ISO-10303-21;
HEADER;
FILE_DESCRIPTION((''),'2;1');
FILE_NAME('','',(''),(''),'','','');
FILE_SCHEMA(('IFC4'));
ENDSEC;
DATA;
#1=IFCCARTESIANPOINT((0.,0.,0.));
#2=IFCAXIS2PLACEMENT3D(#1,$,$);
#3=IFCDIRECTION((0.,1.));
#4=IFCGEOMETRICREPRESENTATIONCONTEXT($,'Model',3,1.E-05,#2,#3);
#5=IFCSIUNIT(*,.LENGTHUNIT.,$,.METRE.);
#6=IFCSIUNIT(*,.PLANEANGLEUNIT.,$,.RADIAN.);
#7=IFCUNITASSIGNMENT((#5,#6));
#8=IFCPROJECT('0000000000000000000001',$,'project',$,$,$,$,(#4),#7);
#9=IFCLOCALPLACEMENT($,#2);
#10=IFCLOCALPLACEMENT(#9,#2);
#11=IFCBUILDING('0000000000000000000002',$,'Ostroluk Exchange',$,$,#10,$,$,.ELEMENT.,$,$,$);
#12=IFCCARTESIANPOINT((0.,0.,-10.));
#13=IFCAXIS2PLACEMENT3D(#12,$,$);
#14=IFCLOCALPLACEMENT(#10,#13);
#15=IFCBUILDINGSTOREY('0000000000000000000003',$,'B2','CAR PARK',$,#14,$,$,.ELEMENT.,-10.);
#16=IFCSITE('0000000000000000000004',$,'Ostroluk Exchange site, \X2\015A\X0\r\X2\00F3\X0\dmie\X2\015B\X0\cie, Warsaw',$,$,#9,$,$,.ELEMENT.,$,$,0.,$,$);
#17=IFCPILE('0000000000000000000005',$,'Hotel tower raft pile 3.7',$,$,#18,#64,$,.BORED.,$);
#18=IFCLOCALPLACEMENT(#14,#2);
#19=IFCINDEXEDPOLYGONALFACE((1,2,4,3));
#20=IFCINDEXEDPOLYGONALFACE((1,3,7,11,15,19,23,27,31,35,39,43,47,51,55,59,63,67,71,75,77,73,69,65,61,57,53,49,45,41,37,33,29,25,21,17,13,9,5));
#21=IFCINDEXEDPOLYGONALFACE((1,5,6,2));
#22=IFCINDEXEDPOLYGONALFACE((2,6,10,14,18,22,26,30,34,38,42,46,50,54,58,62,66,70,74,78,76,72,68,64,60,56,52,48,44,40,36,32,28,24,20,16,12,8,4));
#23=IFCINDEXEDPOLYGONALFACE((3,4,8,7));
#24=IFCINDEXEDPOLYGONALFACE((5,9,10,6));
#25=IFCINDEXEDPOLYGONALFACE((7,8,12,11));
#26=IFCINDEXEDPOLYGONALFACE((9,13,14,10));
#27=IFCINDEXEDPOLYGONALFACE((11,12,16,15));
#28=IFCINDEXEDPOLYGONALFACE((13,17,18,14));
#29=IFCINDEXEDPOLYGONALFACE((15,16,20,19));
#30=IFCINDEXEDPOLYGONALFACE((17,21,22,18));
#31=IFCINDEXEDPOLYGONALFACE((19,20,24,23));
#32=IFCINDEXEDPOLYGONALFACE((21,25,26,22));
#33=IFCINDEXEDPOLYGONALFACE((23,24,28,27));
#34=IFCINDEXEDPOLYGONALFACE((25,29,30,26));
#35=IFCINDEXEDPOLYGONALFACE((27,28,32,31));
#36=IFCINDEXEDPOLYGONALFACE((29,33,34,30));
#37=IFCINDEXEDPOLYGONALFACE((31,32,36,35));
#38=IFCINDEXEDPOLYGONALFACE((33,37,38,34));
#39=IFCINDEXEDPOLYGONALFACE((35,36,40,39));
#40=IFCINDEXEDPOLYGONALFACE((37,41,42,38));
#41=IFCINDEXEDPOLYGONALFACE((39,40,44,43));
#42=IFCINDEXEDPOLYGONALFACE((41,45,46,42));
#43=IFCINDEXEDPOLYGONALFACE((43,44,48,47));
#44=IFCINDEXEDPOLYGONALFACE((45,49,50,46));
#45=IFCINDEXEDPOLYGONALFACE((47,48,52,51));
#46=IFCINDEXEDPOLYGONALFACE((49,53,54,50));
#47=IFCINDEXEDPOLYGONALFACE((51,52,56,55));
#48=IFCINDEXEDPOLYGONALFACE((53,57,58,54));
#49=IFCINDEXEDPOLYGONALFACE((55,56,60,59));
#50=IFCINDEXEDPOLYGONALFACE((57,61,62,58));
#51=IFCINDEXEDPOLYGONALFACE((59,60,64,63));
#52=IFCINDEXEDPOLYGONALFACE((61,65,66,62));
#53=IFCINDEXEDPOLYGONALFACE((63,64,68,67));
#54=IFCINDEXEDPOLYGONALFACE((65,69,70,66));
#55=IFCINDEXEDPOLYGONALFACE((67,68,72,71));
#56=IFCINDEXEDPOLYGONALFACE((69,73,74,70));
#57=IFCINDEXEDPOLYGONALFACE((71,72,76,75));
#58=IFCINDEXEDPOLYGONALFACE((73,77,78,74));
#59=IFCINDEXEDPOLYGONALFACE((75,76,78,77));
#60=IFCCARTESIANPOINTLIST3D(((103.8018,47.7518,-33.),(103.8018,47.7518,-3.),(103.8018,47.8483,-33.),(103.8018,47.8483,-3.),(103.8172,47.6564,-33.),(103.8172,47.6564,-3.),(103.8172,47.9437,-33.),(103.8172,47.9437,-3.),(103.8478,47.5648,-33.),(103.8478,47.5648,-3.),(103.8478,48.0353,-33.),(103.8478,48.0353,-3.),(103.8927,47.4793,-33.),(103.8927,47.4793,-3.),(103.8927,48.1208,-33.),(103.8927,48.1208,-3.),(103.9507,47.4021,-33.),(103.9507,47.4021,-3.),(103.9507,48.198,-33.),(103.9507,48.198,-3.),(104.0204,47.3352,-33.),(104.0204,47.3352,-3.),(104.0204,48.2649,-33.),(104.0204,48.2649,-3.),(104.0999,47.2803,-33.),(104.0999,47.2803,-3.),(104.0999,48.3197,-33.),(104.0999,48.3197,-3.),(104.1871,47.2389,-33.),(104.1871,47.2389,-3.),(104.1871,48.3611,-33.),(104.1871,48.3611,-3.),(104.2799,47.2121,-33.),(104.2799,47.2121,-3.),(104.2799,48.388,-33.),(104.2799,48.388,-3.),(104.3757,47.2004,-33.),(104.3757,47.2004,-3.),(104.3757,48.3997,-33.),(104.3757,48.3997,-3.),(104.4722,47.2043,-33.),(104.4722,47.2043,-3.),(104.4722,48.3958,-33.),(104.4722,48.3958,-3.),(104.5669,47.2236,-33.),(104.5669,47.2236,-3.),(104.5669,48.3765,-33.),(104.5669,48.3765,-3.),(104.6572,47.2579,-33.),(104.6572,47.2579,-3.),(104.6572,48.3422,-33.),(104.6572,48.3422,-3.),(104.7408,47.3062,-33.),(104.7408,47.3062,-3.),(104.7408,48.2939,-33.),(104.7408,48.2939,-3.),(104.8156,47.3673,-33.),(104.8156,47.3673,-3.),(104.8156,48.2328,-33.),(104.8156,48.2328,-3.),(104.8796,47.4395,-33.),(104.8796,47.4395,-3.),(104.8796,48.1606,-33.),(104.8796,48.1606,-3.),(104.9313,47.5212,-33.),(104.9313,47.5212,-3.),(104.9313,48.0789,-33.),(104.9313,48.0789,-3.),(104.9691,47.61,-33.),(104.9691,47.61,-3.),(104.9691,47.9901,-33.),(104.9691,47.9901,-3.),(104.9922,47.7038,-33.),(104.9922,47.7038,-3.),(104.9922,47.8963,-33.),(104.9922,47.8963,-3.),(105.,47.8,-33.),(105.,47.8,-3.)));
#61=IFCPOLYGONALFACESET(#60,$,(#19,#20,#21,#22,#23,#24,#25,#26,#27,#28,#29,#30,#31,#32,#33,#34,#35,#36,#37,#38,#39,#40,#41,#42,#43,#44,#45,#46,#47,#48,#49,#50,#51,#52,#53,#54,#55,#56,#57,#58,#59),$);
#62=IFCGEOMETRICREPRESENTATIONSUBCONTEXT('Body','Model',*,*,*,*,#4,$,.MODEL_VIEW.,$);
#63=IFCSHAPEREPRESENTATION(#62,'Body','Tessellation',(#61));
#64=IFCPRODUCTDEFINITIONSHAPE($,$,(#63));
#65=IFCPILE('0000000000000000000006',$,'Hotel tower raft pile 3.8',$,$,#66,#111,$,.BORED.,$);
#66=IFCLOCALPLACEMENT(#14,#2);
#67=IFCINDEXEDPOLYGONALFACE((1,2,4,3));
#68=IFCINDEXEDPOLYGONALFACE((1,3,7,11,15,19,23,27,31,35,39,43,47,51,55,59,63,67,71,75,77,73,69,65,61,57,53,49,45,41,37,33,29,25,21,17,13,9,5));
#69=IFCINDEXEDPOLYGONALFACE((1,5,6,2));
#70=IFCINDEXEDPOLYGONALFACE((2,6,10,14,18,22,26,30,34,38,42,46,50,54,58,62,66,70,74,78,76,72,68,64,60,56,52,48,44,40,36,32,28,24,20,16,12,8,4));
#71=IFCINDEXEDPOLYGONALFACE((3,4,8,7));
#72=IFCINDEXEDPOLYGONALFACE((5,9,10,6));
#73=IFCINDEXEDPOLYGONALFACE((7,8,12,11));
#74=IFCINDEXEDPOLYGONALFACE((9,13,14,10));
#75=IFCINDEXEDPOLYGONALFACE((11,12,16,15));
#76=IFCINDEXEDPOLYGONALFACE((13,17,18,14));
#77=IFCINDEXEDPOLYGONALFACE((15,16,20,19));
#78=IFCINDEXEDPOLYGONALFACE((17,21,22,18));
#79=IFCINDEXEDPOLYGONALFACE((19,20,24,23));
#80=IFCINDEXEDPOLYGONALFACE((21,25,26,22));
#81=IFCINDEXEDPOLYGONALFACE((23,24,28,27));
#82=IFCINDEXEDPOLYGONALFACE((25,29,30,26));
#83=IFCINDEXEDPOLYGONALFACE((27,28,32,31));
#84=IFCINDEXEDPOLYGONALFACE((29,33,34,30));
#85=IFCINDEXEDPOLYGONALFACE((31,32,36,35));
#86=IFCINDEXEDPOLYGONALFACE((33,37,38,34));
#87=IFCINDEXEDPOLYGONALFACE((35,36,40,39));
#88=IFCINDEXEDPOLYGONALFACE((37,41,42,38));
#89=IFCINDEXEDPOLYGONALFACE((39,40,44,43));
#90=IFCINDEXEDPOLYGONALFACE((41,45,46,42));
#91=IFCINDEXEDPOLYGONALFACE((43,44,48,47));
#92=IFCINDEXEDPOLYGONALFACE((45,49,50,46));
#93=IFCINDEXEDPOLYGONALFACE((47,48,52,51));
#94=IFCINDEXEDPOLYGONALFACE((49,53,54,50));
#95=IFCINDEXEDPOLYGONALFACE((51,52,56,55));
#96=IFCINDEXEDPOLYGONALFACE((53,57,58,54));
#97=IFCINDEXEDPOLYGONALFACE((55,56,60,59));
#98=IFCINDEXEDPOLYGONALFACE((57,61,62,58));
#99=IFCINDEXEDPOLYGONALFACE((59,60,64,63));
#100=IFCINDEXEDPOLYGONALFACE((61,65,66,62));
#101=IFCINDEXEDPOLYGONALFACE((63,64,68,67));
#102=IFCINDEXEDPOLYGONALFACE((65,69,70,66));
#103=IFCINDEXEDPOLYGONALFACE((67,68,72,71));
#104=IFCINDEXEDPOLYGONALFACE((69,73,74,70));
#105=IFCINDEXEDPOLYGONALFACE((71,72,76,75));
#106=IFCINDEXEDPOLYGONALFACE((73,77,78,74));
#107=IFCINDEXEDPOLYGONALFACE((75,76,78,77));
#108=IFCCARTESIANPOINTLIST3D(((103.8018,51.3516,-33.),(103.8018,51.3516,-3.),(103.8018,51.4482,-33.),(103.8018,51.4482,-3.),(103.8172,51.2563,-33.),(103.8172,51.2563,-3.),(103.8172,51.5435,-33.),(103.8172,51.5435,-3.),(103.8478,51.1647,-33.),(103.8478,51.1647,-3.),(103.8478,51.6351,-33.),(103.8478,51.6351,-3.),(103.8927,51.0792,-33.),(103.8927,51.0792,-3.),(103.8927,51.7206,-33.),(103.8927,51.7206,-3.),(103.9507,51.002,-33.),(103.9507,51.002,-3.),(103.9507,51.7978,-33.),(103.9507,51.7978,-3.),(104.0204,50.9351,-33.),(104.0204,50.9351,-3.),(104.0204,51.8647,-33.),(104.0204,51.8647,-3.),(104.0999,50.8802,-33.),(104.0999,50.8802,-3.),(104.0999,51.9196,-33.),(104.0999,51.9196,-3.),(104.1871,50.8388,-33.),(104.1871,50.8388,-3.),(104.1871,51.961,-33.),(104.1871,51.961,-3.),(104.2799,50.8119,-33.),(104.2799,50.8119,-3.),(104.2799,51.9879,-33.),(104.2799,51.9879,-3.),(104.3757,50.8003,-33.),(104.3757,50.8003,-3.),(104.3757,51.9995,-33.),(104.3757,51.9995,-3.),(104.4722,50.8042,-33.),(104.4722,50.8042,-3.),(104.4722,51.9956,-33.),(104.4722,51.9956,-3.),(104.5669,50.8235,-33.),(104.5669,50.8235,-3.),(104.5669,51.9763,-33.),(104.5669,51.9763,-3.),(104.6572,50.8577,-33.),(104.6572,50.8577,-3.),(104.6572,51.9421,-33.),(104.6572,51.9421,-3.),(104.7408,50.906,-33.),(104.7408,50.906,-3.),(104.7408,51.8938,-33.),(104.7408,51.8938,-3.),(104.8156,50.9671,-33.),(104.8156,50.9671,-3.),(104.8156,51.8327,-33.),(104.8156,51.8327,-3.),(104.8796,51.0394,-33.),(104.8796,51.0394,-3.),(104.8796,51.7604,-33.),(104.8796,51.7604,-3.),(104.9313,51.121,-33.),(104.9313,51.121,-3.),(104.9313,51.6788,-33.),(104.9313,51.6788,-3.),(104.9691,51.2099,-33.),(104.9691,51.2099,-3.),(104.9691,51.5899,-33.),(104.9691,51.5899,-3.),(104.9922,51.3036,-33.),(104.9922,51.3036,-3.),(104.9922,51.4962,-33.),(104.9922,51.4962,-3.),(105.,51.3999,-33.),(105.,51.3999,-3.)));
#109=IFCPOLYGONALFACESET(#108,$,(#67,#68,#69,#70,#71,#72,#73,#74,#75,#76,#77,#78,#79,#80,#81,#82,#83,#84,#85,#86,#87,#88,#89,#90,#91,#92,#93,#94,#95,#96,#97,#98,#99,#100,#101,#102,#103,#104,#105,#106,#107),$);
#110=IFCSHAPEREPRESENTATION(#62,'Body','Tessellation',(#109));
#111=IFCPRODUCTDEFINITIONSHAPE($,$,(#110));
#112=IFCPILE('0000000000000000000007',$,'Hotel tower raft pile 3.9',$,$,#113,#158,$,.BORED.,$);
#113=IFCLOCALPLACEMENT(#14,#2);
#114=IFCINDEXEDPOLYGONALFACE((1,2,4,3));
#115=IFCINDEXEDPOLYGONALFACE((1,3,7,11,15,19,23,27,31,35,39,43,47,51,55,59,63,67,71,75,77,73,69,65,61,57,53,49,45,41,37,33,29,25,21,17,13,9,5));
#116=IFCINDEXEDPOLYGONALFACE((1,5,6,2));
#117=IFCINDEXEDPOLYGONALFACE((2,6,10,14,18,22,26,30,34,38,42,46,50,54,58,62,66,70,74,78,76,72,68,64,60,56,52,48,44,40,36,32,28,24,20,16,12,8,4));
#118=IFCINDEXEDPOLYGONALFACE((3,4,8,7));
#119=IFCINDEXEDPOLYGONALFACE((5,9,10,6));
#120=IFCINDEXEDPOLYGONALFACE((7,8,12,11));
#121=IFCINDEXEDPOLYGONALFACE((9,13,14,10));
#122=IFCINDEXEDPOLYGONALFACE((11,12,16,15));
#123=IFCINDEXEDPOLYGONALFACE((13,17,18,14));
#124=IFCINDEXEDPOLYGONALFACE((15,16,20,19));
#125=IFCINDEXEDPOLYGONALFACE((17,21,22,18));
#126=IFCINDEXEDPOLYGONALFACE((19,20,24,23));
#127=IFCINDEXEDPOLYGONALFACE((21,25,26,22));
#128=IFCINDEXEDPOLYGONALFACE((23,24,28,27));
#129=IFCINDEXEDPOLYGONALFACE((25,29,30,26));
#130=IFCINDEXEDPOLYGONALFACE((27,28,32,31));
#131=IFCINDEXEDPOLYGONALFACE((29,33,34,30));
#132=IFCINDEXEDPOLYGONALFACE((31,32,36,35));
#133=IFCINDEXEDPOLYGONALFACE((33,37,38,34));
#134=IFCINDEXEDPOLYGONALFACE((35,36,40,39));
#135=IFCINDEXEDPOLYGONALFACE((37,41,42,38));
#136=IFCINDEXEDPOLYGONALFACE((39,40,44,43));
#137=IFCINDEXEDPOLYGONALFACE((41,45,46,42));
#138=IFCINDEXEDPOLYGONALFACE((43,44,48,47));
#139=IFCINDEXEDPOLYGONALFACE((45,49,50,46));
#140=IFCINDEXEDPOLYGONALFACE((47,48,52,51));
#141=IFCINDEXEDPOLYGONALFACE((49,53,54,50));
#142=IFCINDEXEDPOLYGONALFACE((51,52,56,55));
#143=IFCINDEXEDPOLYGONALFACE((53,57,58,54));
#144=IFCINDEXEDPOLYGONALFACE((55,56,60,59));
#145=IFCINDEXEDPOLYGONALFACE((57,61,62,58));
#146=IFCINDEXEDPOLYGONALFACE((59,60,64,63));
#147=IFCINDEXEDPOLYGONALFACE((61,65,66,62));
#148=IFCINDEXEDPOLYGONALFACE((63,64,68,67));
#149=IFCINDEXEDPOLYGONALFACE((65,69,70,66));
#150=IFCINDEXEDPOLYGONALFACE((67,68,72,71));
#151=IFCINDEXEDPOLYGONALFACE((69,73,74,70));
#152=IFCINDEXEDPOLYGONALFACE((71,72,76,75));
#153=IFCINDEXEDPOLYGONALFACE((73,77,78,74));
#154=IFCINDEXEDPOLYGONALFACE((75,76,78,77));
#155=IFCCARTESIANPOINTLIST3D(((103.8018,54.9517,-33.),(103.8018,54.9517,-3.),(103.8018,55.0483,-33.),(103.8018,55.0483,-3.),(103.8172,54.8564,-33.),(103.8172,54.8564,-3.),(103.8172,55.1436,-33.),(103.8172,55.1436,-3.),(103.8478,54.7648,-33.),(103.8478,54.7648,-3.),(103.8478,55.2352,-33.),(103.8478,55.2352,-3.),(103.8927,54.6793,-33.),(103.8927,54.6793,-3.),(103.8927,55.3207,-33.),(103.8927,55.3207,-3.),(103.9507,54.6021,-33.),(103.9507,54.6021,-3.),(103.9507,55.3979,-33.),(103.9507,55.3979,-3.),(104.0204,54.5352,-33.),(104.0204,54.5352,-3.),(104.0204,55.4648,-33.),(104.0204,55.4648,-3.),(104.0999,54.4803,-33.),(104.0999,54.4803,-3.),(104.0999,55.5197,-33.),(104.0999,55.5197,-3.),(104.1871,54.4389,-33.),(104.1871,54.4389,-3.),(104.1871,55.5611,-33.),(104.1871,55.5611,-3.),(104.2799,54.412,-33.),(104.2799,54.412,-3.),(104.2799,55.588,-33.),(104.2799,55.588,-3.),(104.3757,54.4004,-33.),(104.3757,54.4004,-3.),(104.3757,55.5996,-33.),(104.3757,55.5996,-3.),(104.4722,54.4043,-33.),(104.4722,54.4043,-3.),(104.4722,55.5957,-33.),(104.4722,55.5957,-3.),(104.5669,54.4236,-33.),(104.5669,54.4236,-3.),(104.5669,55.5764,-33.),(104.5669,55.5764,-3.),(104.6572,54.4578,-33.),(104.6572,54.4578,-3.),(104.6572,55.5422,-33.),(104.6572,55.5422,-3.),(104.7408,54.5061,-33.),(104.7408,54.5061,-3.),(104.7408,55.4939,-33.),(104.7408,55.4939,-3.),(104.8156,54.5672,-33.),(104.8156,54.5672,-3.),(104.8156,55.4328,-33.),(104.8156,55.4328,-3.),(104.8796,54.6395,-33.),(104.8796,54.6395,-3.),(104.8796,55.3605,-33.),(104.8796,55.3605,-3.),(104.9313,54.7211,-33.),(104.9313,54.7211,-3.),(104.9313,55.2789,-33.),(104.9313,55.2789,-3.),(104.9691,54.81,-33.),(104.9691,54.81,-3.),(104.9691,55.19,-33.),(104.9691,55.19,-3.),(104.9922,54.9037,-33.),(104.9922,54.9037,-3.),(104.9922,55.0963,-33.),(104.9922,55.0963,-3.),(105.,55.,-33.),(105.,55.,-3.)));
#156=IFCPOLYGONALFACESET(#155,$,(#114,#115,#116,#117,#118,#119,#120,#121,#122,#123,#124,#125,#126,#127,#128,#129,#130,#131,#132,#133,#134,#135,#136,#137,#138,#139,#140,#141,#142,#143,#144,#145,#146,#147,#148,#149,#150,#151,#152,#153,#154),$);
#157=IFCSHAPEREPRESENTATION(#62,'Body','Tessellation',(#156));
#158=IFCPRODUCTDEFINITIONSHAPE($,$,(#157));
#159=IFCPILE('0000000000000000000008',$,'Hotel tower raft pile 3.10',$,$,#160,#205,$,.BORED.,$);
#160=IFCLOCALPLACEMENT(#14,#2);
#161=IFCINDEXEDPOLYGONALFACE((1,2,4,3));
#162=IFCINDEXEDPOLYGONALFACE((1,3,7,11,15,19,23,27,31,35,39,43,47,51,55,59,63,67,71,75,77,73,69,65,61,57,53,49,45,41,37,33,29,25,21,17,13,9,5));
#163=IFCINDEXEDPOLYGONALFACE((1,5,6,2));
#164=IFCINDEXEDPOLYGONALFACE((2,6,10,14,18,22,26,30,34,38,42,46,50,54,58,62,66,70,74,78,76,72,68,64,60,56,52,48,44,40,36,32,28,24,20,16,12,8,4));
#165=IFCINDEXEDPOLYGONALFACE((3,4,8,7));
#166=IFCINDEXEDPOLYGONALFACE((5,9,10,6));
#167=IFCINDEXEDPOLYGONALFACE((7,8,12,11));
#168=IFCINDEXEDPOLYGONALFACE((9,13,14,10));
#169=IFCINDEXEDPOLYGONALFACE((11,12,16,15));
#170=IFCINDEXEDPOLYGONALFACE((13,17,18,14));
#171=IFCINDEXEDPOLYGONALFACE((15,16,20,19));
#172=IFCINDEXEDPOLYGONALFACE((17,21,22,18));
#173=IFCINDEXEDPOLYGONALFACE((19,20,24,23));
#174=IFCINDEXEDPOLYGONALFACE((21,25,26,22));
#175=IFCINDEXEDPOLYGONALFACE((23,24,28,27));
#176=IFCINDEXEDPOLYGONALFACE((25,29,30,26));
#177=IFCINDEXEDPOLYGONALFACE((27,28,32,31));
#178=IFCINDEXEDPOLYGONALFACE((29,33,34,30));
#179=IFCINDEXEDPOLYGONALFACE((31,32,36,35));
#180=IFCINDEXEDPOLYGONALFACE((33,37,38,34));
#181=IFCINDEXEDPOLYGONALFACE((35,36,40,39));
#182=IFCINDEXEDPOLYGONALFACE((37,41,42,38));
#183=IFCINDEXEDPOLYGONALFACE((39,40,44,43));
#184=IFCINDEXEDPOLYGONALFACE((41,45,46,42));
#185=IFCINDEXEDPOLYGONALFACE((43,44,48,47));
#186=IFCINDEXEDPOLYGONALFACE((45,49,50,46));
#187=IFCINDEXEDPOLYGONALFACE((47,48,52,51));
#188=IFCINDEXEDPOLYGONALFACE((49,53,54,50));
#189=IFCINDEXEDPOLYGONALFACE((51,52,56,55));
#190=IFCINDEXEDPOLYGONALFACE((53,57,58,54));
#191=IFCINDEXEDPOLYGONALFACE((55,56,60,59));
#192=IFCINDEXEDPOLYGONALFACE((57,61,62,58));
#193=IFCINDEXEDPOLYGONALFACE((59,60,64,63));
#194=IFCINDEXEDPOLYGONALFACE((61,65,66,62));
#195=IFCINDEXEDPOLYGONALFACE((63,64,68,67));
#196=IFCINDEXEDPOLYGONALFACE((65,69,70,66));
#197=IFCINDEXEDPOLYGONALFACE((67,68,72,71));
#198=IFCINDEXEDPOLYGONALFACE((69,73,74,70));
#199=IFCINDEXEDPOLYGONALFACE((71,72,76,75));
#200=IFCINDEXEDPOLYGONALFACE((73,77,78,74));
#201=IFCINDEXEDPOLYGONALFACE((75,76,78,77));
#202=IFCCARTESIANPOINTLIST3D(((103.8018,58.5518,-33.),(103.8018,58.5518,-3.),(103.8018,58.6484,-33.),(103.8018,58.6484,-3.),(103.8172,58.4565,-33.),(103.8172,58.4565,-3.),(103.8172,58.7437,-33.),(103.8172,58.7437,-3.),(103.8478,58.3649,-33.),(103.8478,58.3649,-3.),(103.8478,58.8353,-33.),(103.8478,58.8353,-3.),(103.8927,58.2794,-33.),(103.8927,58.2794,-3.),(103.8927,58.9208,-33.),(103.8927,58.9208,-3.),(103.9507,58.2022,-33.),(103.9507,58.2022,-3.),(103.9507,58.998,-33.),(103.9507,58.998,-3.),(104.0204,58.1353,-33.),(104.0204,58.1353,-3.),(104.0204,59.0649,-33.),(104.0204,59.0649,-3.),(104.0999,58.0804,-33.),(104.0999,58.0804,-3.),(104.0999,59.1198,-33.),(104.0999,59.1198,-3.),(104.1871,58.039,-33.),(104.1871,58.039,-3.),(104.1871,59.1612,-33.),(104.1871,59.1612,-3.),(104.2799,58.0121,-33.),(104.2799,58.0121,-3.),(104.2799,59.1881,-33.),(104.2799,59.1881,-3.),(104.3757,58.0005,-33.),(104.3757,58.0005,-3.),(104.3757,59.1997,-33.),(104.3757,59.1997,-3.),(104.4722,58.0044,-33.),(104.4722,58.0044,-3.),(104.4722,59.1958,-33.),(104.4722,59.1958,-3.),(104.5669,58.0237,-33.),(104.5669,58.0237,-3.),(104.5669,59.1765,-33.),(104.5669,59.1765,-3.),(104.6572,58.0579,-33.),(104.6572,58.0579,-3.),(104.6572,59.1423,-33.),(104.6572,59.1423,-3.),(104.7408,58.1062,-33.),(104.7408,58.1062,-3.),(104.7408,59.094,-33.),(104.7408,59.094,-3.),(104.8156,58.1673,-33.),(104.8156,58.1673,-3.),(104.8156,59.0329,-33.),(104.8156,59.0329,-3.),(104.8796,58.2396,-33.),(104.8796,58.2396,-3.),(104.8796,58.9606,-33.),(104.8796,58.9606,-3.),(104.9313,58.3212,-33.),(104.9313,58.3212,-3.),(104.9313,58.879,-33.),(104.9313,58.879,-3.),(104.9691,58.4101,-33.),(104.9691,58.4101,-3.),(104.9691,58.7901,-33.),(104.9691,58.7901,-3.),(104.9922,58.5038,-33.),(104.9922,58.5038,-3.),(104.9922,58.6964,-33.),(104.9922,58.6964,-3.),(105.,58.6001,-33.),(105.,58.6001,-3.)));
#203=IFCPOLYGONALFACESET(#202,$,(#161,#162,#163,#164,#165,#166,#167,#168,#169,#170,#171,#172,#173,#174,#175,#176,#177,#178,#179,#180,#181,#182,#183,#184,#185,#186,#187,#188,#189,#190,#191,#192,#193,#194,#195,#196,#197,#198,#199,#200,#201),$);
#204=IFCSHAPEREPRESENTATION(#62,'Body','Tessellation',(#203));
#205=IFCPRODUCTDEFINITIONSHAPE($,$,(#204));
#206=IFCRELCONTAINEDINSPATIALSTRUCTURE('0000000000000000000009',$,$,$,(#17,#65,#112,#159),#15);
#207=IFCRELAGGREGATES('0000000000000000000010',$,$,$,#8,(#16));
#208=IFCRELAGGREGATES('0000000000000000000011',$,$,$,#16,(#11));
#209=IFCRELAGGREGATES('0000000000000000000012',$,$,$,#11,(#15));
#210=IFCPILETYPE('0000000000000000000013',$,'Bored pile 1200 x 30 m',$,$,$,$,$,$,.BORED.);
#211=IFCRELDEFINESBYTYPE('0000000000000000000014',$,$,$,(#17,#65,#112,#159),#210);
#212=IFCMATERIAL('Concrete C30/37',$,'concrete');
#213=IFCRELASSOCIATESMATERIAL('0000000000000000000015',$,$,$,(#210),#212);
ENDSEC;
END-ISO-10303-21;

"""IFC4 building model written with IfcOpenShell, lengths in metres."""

from ifc_helpers import new_model, si_unit, direction, frame, origin, origin_2d, place, context, subcontext, project, spatial, circle, extrude, material, type_object, element, save


model = new_model("IFC4")

# Units and contexts
model_context = context("Model", 3, precision=1e-05, world=origin(), true_north=direction((0.0, 1.0)))
body_context = subcontext(model_context, "Body", "Model", "MODEL_VIEW")
ifc_project = project(units=[si_unit("LENGTHUNIT", "METRE"), si_unit("PLANEANGLEUNIT", "RADIAN")], contexts=[model_context])

# Site, building, storey
site_placement = place(None, origin())
site = spatial("IfcSite", under=ifc_project, at=site_placement, Name="Ostroluk Exchange site, Śródmieście, Warsaw", CompositionType="ELEMENT", RefElevation=0.0)
building_placement = place(site_placement, origin())
building = spatial("IfcBuilding", under=site, at=building_placement, Name="Ostroluk Exchange", CompositionType="ELEMENT")
storey_placement = place(building_placement, frame((0.0, 0.0, -10.0)))
storey = spatial("IfcBuildingStorey", under=building, at=storey_placement, Name="B2", Description="CAR PARK", CompositionType="ELEMENT", Elevation=-10.0)

# Piles
ifc_material_1 = material(Name="Concrete C30/37", Category="concrete")
pile_type_1 = type_object("IfcPileType", Name="Bored pile 1200 x 30 m", PredefinedType="BORED", material=ifc_material_1)
for number, where, z_axis, x_axis, name in (
    (1, (104.3999, 47.8, -3.0), (0.0, 0.0, -1.0), (1.0, 0.0, 0.0), "Hotel tower raft pile 3.7"),
    (2, (104.3999, 51.3999, -3.0), (0.0, 0.0, -1.0), (1.0, 0.0, 0.0), "Hotel tower raft pile 3.8"),
    (3, (104.3999, 55.0, -3.0), (0.0, 0.0, -1.0), (1.0, 0.0, 0.0), "Hotel tower raft pile 3.9"),
    (4, (104.3999, 58.6001, -3.0), (0.0, 0.0, -1.0), (1.0, 0.0, 0.0), "Hotel tower raft pile 3.10"),
):
    element("IfcPile", number, at=place(storey_placement, frame(where, z_axis=z_axis, x_axis=x_axis)), inside=storey, type_object=pile_type_1, Name=name, PredefinedType="BORED", context=body_context, shape_type="SweptSolid", body=[
        extrude(circle(Radius=0.6001, at=origin_2d()), origin(), (0.0, 0.0, 1.0), 30.0),
    ])

save(model, "model.ifc")
